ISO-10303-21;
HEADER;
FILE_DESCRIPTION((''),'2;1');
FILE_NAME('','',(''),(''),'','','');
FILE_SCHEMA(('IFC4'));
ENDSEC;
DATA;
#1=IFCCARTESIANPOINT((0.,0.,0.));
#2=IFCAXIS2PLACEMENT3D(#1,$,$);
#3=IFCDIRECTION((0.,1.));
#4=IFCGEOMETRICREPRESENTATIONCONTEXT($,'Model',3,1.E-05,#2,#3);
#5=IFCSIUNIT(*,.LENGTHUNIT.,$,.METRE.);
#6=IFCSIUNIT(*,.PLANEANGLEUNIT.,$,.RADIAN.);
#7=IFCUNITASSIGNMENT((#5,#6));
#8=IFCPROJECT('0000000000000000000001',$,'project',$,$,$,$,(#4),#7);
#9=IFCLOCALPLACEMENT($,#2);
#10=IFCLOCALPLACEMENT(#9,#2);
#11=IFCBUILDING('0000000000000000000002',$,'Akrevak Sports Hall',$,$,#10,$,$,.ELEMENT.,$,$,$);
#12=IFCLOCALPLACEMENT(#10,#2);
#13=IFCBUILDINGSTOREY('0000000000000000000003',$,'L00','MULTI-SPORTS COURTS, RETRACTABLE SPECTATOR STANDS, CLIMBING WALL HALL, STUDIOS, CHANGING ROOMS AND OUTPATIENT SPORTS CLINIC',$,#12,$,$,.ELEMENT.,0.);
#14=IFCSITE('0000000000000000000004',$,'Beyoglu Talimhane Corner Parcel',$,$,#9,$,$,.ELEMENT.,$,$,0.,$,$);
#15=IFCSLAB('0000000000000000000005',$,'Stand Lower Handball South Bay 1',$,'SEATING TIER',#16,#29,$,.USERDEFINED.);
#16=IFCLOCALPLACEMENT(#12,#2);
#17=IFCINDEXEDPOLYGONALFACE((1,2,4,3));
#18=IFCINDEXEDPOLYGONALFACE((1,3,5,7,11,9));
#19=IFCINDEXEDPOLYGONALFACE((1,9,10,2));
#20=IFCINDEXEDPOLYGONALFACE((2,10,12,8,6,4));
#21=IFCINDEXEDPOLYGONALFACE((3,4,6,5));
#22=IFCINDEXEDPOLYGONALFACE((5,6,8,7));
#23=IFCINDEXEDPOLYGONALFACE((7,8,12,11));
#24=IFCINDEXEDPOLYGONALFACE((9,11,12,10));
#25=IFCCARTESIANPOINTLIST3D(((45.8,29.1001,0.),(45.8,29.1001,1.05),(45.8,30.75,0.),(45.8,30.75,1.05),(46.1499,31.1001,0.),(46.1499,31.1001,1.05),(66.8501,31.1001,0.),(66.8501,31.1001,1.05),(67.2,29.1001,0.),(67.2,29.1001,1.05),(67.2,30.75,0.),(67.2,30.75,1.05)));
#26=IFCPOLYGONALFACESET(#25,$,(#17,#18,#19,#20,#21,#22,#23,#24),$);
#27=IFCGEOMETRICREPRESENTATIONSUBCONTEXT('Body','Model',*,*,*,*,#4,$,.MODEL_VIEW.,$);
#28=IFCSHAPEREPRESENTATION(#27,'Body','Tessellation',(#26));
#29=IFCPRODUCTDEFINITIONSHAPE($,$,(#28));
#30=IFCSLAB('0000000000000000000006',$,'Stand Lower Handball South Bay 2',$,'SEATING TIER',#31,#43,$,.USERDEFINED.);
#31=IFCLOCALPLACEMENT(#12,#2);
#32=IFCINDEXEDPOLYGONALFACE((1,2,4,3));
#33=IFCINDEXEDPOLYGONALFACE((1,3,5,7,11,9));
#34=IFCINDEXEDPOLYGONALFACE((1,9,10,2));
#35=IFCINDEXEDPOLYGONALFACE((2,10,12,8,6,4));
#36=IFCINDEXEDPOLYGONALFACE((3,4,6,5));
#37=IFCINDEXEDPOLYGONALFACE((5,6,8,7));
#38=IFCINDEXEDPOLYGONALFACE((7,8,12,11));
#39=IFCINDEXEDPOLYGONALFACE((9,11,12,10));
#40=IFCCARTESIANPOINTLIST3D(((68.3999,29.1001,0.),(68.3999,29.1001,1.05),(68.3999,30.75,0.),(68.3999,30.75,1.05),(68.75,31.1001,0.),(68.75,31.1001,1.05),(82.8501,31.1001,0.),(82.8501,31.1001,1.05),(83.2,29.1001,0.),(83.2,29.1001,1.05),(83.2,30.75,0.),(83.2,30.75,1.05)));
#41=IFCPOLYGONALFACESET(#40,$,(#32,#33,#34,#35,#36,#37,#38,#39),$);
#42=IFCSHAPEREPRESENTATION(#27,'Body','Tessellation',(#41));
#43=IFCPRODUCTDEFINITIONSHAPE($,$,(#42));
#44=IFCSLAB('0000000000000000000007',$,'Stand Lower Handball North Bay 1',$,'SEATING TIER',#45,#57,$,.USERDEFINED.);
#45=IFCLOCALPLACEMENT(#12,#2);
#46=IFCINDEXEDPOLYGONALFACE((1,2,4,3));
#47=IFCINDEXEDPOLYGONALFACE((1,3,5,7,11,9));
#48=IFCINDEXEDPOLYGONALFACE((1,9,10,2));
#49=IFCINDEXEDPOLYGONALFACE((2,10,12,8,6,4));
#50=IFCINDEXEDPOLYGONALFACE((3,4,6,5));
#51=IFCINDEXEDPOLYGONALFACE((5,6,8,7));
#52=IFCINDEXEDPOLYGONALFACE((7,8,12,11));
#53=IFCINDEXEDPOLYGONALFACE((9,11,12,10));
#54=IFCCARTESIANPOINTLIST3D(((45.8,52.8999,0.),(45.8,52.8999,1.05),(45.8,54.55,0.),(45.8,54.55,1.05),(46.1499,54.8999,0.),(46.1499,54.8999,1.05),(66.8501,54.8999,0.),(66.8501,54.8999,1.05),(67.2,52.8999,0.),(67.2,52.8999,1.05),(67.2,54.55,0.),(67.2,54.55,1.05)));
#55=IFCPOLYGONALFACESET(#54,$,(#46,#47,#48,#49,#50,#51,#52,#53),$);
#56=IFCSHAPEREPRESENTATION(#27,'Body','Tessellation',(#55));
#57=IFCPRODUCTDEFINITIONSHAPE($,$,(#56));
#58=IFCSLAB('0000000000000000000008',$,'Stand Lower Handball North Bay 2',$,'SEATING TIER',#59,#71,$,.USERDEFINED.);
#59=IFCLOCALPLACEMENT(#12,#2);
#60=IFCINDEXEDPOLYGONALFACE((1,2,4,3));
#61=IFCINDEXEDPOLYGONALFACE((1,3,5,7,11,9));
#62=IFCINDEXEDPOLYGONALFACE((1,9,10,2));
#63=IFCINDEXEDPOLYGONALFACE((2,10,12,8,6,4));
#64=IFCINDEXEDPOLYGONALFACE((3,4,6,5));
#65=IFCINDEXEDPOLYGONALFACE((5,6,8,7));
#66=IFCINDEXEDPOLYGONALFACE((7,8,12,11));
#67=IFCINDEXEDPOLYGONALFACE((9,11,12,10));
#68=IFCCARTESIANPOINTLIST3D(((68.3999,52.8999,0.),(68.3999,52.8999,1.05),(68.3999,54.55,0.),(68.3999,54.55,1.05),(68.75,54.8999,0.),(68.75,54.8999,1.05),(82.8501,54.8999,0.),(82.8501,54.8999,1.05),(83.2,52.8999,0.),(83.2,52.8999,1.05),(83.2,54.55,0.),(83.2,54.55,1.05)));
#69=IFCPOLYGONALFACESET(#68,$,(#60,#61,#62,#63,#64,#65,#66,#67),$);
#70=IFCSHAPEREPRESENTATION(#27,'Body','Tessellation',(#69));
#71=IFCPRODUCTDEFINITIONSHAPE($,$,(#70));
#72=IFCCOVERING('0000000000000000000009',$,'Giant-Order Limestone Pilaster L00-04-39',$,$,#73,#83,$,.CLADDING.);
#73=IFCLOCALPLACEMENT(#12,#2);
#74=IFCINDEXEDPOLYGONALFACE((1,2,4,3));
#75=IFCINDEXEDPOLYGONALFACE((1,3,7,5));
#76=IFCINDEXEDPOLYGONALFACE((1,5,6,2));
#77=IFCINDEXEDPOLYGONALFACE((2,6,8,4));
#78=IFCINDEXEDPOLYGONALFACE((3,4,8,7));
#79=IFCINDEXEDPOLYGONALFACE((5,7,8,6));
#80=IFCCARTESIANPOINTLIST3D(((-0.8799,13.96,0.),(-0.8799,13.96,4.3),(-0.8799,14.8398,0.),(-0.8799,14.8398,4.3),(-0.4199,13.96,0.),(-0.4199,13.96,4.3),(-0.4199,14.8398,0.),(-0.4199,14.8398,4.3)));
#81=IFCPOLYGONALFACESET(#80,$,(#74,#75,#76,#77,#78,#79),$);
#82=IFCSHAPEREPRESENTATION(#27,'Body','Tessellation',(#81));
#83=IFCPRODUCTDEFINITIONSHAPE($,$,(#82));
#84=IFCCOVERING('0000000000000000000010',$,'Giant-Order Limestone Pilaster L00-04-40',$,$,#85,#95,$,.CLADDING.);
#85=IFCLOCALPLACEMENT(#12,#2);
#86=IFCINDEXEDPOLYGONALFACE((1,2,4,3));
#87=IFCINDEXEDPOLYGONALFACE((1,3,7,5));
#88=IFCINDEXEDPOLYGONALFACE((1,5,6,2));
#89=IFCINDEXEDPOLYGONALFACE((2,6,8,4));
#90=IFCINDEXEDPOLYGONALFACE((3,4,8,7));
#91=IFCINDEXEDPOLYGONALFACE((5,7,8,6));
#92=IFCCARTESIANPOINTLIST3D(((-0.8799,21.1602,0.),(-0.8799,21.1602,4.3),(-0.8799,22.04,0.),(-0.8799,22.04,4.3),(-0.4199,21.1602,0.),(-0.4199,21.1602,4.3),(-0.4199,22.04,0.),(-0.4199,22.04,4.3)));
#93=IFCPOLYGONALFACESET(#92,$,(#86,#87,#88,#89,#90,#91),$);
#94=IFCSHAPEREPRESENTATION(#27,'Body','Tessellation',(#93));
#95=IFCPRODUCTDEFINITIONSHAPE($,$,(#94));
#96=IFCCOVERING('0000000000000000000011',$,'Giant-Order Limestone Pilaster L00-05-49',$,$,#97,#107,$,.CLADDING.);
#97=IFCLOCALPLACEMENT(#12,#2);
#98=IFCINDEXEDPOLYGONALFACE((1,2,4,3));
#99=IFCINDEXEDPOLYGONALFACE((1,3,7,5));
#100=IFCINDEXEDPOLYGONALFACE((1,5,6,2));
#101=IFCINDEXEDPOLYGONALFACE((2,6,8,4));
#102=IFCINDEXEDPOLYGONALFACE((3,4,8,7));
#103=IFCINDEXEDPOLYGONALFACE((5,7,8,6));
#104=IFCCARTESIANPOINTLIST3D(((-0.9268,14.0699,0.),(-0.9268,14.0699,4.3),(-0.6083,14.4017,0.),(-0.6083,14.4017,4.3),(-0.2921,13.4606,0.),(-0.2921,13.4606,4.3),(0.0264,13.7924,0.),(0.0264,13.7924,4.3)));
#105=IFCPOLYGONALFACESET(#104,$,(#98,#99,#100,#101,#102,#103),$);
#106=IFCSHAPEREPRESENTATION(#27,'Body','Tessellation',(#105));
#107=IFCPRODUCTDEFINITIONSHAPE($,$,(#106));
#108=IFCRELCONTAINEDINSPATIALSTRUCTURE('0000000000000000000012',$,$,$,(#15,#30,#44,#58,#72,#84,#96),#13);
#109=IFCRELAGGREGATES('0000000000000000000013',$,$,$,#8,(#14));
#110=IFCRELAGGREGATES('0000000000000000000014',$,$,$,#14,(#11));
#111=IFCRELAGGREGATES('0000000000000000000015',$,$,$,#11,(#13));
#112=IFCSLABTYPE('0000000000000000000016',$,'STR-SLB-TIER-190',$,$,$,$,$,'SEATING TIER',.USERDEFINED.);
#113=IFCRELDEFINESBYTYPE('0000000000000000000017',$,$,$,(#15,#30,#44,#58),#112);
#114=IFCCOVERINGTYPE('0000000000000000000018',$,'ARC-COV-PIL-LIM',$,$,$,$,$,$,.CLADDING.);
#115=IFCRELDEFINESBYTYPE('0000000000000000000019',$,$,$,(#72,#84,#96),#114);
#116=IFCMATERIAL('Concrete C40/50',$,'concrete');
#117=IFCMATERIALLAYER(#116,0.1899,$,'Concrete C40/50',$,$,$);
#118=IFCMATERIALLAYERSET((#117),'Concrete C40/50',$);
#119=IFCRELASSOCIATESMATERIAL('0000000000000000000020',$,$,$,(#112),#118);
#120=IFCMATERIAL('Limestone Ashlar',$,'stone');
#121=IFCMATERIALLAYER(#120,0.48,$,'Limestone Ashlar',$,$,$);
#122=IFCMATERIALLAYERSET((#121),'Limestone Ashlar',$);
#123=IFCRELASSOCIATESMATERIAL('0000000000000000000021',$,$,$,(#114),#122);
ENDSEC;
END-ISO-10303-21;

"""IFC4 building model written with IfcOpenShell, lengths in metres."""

from ifc_helpers import new_model, si_unit, direction, frame, origin, origin_2d, place, context, subcontext, project, spatial, polyline, rectangle, outline, extrude, material, layer, layer_set, type_object, element, save


model = new_model("IFC4")

# Units and contexts
model_context = context("Model", 3, precision=1e-05, world=origin(), true_north=direction((0.0, 1.0)))
body_context = subcontext(model_context, "Body", "Model", "MODEL_VIEW")
ifc_project = project(units=[si_unit("LENGTHUNIT", "METRE"), si_unit("PLANEANGLEUNIT", "RADIAN")], contexts=[model_context])

# Site, building, storey
site_placement = place(None, origin())
site = spatial("IfcSite", under=ifc_project, at=site_placement, Name="Beyoglu Talimhane Corner Parcel", CompositionType="ELEMENT", RefElevation=0.0)
building_placement = place(site_placement, origin())
building = spatial("IfcBuilding", under=site, at=building_placement, Name="Akrevak Sports Hall", CompositionType="ELEMENT")
storey_placement = place(building_placement, origin())
storey = spatial("IfcBuildingStorey", under=building, at=storey_placement, Name="L00", Description="MULTI-SPORTS COURTS, RETRACTABLE SPECTATOR STANDS, CLIMBING WALL HALL, STUDIOS, CHANGING ROOMS AND OUTPATIENT SPORTS CLINIC", CompositionType="ELEMENT", Elevation=0.0)

# Shared definitions
ifc_material_1 = material(Name="Concrete C40/50", Category="concrete")

# Slabs
ifc_layer_1 = layer(ifc_material_1, 0.1899, Name="Concrete C40/50")
ifc_layer_set_1 = layer_set([ifc_layer_1], Name="Concrete C40/50")
slab_type_1 = type_object("IfcSlabType", Name="STR-SLB-TIER-190", ElementType="SEATING TIER", PredefinedType="USERDEFINED", material=ifc_layer_set_1)
slab_1_placement = place(storey_placement, origin())
element("IfcSlab", 1, at=slab_1_placement, inside=storey, type_object=slab_type_1, Name="Stand Lower Handball South Bay 1", ObjectType="SEATING TIER", PredefinedType="USERDEFINED", context=body_context, shape_type="SweptSolid", body=[
    extrude(outline(polyline([(45.8, 29.1001), (67.2, 29.1001), (67.2, 30.75), (66.8501, 31.1001), (46.1499, 31.1001), (45.8, 30.75), (45.8, 29.1001)])), origin(), (0.0, 0.0, 1.0), 1.05),
])
slab_2_placement = place(storey_placement, origin())
element("IfcSlab", 2, at=slab_2_placement, inside=storey, type_object=slab_type_1, Name="Stand Lower Handball South Bay 2", ObjectType="SEATING TIER", PredefinedType="USERDEFINED", context=body_context, shape_type="SweptSolid", body=[
    extrude(outline(polyline([(68.3999, 29.1001), (83.2, 29.1001), (83.2, 30.75), (82.8501, 31.1001), (68.75, 31.1001), (68.3999, 30.75), (68.3999, 29.1001)])), origin(), (0.0, 0.0, 1.0), 1.05),
])
slab_3_placement = place(storey_placement, origin())
element("IfcSlab", 3, at=slab_3_placement, inside=storey, type_object=slab_type_1, Name="Stand Lower Handball North Bay 1", ObjectType="SEATING TIER", PredefinedType="USERDEFINED", context=body_context, shape_type="SweptSolid", body=[
    extrude(outline(polyline([(45.8, 52.8999), (67.2, 52.8999), (67.2, 54.55), (66.8501, 54.8999), (46.1499, 54.8999), (45.8, 54.55), (45.8, 52.8999)])), origin(), (0.0, 0.0, 1.0), 1.05),
])
slab_4_placement = place(storey_placement, origin())
element("IfcSlab", 4, at=slab_4_placement, inside=storey, type_object=slab_type_1, Name="Stand Lower Handball North Bay 2", ObjectType="SEATING TIER", PredefinedType="USERDEFINED", context=body_context, shape_type="SweptSolid", body=[
    extrude(outline(polyline([(68.3999, 52.8999), (83.2, 52.8999), (83.2, 54.55), (82.8501, 54.8999), (68.75, 54.8999), (68.3999, 54.55), (68.3999, 52.8999)])), origin(), (0.0, 0.0, 1.0), 1.05),
])

# Coverings
ifc_material_2 = material(Name="Limestone Ashlar", Category="stone")
ifc_layer_2 = layer(ifc_material_2, 0.48, Name="Limestone Ashlar")
ifc_layer_set_2 = layer_set([ifc_layer_2], Name="Limestone Ashlar")
covering_type = type_object("IfcCoveringType", Name="ARC-COV-PIL-LIM", PredefinedType="CLADDING", material=ifc_layer_set_2)
for number, where, z_axis, x_axis, name in (
    (5, (-0.6499, 14.3999, 0.0), (0.0, 0.0, 1.0), (0.0, -1.0, 0.0), "Giant-Order Limestone Pilaster L00-04-39"),
    (6, (-0.6499, 21.6001, 0.0), (0.0, 0.0, 1.0), (0.0, -1.0, 0.0), "Giant-Order Limestone Pilaster L00-04-40"),
    (7, (-0.4502, 13.9312, 0.0), (0.0, 0.0, 1.0), (0.721386, -0.692534, 0.0), "Giant-Order Limestone Pilaster L00-05-49"),
):
    element("IfcCovering", number, at=place(storey_placement, frame(where, z_axis=z_axis, x_axis=x_axis)), inside=storey, type_object=covering_type, Name=name, PredefinedType="CLADDING", context=body_context, shape_type="SweptSolid", body=[
        extrude(rectangle(XDim=0.8799, YDim=0.46, at=origin_2d()), origin(), (0.0, 0.0, 1.0), 4.3),
    ])

save(model, "model.ifc")
